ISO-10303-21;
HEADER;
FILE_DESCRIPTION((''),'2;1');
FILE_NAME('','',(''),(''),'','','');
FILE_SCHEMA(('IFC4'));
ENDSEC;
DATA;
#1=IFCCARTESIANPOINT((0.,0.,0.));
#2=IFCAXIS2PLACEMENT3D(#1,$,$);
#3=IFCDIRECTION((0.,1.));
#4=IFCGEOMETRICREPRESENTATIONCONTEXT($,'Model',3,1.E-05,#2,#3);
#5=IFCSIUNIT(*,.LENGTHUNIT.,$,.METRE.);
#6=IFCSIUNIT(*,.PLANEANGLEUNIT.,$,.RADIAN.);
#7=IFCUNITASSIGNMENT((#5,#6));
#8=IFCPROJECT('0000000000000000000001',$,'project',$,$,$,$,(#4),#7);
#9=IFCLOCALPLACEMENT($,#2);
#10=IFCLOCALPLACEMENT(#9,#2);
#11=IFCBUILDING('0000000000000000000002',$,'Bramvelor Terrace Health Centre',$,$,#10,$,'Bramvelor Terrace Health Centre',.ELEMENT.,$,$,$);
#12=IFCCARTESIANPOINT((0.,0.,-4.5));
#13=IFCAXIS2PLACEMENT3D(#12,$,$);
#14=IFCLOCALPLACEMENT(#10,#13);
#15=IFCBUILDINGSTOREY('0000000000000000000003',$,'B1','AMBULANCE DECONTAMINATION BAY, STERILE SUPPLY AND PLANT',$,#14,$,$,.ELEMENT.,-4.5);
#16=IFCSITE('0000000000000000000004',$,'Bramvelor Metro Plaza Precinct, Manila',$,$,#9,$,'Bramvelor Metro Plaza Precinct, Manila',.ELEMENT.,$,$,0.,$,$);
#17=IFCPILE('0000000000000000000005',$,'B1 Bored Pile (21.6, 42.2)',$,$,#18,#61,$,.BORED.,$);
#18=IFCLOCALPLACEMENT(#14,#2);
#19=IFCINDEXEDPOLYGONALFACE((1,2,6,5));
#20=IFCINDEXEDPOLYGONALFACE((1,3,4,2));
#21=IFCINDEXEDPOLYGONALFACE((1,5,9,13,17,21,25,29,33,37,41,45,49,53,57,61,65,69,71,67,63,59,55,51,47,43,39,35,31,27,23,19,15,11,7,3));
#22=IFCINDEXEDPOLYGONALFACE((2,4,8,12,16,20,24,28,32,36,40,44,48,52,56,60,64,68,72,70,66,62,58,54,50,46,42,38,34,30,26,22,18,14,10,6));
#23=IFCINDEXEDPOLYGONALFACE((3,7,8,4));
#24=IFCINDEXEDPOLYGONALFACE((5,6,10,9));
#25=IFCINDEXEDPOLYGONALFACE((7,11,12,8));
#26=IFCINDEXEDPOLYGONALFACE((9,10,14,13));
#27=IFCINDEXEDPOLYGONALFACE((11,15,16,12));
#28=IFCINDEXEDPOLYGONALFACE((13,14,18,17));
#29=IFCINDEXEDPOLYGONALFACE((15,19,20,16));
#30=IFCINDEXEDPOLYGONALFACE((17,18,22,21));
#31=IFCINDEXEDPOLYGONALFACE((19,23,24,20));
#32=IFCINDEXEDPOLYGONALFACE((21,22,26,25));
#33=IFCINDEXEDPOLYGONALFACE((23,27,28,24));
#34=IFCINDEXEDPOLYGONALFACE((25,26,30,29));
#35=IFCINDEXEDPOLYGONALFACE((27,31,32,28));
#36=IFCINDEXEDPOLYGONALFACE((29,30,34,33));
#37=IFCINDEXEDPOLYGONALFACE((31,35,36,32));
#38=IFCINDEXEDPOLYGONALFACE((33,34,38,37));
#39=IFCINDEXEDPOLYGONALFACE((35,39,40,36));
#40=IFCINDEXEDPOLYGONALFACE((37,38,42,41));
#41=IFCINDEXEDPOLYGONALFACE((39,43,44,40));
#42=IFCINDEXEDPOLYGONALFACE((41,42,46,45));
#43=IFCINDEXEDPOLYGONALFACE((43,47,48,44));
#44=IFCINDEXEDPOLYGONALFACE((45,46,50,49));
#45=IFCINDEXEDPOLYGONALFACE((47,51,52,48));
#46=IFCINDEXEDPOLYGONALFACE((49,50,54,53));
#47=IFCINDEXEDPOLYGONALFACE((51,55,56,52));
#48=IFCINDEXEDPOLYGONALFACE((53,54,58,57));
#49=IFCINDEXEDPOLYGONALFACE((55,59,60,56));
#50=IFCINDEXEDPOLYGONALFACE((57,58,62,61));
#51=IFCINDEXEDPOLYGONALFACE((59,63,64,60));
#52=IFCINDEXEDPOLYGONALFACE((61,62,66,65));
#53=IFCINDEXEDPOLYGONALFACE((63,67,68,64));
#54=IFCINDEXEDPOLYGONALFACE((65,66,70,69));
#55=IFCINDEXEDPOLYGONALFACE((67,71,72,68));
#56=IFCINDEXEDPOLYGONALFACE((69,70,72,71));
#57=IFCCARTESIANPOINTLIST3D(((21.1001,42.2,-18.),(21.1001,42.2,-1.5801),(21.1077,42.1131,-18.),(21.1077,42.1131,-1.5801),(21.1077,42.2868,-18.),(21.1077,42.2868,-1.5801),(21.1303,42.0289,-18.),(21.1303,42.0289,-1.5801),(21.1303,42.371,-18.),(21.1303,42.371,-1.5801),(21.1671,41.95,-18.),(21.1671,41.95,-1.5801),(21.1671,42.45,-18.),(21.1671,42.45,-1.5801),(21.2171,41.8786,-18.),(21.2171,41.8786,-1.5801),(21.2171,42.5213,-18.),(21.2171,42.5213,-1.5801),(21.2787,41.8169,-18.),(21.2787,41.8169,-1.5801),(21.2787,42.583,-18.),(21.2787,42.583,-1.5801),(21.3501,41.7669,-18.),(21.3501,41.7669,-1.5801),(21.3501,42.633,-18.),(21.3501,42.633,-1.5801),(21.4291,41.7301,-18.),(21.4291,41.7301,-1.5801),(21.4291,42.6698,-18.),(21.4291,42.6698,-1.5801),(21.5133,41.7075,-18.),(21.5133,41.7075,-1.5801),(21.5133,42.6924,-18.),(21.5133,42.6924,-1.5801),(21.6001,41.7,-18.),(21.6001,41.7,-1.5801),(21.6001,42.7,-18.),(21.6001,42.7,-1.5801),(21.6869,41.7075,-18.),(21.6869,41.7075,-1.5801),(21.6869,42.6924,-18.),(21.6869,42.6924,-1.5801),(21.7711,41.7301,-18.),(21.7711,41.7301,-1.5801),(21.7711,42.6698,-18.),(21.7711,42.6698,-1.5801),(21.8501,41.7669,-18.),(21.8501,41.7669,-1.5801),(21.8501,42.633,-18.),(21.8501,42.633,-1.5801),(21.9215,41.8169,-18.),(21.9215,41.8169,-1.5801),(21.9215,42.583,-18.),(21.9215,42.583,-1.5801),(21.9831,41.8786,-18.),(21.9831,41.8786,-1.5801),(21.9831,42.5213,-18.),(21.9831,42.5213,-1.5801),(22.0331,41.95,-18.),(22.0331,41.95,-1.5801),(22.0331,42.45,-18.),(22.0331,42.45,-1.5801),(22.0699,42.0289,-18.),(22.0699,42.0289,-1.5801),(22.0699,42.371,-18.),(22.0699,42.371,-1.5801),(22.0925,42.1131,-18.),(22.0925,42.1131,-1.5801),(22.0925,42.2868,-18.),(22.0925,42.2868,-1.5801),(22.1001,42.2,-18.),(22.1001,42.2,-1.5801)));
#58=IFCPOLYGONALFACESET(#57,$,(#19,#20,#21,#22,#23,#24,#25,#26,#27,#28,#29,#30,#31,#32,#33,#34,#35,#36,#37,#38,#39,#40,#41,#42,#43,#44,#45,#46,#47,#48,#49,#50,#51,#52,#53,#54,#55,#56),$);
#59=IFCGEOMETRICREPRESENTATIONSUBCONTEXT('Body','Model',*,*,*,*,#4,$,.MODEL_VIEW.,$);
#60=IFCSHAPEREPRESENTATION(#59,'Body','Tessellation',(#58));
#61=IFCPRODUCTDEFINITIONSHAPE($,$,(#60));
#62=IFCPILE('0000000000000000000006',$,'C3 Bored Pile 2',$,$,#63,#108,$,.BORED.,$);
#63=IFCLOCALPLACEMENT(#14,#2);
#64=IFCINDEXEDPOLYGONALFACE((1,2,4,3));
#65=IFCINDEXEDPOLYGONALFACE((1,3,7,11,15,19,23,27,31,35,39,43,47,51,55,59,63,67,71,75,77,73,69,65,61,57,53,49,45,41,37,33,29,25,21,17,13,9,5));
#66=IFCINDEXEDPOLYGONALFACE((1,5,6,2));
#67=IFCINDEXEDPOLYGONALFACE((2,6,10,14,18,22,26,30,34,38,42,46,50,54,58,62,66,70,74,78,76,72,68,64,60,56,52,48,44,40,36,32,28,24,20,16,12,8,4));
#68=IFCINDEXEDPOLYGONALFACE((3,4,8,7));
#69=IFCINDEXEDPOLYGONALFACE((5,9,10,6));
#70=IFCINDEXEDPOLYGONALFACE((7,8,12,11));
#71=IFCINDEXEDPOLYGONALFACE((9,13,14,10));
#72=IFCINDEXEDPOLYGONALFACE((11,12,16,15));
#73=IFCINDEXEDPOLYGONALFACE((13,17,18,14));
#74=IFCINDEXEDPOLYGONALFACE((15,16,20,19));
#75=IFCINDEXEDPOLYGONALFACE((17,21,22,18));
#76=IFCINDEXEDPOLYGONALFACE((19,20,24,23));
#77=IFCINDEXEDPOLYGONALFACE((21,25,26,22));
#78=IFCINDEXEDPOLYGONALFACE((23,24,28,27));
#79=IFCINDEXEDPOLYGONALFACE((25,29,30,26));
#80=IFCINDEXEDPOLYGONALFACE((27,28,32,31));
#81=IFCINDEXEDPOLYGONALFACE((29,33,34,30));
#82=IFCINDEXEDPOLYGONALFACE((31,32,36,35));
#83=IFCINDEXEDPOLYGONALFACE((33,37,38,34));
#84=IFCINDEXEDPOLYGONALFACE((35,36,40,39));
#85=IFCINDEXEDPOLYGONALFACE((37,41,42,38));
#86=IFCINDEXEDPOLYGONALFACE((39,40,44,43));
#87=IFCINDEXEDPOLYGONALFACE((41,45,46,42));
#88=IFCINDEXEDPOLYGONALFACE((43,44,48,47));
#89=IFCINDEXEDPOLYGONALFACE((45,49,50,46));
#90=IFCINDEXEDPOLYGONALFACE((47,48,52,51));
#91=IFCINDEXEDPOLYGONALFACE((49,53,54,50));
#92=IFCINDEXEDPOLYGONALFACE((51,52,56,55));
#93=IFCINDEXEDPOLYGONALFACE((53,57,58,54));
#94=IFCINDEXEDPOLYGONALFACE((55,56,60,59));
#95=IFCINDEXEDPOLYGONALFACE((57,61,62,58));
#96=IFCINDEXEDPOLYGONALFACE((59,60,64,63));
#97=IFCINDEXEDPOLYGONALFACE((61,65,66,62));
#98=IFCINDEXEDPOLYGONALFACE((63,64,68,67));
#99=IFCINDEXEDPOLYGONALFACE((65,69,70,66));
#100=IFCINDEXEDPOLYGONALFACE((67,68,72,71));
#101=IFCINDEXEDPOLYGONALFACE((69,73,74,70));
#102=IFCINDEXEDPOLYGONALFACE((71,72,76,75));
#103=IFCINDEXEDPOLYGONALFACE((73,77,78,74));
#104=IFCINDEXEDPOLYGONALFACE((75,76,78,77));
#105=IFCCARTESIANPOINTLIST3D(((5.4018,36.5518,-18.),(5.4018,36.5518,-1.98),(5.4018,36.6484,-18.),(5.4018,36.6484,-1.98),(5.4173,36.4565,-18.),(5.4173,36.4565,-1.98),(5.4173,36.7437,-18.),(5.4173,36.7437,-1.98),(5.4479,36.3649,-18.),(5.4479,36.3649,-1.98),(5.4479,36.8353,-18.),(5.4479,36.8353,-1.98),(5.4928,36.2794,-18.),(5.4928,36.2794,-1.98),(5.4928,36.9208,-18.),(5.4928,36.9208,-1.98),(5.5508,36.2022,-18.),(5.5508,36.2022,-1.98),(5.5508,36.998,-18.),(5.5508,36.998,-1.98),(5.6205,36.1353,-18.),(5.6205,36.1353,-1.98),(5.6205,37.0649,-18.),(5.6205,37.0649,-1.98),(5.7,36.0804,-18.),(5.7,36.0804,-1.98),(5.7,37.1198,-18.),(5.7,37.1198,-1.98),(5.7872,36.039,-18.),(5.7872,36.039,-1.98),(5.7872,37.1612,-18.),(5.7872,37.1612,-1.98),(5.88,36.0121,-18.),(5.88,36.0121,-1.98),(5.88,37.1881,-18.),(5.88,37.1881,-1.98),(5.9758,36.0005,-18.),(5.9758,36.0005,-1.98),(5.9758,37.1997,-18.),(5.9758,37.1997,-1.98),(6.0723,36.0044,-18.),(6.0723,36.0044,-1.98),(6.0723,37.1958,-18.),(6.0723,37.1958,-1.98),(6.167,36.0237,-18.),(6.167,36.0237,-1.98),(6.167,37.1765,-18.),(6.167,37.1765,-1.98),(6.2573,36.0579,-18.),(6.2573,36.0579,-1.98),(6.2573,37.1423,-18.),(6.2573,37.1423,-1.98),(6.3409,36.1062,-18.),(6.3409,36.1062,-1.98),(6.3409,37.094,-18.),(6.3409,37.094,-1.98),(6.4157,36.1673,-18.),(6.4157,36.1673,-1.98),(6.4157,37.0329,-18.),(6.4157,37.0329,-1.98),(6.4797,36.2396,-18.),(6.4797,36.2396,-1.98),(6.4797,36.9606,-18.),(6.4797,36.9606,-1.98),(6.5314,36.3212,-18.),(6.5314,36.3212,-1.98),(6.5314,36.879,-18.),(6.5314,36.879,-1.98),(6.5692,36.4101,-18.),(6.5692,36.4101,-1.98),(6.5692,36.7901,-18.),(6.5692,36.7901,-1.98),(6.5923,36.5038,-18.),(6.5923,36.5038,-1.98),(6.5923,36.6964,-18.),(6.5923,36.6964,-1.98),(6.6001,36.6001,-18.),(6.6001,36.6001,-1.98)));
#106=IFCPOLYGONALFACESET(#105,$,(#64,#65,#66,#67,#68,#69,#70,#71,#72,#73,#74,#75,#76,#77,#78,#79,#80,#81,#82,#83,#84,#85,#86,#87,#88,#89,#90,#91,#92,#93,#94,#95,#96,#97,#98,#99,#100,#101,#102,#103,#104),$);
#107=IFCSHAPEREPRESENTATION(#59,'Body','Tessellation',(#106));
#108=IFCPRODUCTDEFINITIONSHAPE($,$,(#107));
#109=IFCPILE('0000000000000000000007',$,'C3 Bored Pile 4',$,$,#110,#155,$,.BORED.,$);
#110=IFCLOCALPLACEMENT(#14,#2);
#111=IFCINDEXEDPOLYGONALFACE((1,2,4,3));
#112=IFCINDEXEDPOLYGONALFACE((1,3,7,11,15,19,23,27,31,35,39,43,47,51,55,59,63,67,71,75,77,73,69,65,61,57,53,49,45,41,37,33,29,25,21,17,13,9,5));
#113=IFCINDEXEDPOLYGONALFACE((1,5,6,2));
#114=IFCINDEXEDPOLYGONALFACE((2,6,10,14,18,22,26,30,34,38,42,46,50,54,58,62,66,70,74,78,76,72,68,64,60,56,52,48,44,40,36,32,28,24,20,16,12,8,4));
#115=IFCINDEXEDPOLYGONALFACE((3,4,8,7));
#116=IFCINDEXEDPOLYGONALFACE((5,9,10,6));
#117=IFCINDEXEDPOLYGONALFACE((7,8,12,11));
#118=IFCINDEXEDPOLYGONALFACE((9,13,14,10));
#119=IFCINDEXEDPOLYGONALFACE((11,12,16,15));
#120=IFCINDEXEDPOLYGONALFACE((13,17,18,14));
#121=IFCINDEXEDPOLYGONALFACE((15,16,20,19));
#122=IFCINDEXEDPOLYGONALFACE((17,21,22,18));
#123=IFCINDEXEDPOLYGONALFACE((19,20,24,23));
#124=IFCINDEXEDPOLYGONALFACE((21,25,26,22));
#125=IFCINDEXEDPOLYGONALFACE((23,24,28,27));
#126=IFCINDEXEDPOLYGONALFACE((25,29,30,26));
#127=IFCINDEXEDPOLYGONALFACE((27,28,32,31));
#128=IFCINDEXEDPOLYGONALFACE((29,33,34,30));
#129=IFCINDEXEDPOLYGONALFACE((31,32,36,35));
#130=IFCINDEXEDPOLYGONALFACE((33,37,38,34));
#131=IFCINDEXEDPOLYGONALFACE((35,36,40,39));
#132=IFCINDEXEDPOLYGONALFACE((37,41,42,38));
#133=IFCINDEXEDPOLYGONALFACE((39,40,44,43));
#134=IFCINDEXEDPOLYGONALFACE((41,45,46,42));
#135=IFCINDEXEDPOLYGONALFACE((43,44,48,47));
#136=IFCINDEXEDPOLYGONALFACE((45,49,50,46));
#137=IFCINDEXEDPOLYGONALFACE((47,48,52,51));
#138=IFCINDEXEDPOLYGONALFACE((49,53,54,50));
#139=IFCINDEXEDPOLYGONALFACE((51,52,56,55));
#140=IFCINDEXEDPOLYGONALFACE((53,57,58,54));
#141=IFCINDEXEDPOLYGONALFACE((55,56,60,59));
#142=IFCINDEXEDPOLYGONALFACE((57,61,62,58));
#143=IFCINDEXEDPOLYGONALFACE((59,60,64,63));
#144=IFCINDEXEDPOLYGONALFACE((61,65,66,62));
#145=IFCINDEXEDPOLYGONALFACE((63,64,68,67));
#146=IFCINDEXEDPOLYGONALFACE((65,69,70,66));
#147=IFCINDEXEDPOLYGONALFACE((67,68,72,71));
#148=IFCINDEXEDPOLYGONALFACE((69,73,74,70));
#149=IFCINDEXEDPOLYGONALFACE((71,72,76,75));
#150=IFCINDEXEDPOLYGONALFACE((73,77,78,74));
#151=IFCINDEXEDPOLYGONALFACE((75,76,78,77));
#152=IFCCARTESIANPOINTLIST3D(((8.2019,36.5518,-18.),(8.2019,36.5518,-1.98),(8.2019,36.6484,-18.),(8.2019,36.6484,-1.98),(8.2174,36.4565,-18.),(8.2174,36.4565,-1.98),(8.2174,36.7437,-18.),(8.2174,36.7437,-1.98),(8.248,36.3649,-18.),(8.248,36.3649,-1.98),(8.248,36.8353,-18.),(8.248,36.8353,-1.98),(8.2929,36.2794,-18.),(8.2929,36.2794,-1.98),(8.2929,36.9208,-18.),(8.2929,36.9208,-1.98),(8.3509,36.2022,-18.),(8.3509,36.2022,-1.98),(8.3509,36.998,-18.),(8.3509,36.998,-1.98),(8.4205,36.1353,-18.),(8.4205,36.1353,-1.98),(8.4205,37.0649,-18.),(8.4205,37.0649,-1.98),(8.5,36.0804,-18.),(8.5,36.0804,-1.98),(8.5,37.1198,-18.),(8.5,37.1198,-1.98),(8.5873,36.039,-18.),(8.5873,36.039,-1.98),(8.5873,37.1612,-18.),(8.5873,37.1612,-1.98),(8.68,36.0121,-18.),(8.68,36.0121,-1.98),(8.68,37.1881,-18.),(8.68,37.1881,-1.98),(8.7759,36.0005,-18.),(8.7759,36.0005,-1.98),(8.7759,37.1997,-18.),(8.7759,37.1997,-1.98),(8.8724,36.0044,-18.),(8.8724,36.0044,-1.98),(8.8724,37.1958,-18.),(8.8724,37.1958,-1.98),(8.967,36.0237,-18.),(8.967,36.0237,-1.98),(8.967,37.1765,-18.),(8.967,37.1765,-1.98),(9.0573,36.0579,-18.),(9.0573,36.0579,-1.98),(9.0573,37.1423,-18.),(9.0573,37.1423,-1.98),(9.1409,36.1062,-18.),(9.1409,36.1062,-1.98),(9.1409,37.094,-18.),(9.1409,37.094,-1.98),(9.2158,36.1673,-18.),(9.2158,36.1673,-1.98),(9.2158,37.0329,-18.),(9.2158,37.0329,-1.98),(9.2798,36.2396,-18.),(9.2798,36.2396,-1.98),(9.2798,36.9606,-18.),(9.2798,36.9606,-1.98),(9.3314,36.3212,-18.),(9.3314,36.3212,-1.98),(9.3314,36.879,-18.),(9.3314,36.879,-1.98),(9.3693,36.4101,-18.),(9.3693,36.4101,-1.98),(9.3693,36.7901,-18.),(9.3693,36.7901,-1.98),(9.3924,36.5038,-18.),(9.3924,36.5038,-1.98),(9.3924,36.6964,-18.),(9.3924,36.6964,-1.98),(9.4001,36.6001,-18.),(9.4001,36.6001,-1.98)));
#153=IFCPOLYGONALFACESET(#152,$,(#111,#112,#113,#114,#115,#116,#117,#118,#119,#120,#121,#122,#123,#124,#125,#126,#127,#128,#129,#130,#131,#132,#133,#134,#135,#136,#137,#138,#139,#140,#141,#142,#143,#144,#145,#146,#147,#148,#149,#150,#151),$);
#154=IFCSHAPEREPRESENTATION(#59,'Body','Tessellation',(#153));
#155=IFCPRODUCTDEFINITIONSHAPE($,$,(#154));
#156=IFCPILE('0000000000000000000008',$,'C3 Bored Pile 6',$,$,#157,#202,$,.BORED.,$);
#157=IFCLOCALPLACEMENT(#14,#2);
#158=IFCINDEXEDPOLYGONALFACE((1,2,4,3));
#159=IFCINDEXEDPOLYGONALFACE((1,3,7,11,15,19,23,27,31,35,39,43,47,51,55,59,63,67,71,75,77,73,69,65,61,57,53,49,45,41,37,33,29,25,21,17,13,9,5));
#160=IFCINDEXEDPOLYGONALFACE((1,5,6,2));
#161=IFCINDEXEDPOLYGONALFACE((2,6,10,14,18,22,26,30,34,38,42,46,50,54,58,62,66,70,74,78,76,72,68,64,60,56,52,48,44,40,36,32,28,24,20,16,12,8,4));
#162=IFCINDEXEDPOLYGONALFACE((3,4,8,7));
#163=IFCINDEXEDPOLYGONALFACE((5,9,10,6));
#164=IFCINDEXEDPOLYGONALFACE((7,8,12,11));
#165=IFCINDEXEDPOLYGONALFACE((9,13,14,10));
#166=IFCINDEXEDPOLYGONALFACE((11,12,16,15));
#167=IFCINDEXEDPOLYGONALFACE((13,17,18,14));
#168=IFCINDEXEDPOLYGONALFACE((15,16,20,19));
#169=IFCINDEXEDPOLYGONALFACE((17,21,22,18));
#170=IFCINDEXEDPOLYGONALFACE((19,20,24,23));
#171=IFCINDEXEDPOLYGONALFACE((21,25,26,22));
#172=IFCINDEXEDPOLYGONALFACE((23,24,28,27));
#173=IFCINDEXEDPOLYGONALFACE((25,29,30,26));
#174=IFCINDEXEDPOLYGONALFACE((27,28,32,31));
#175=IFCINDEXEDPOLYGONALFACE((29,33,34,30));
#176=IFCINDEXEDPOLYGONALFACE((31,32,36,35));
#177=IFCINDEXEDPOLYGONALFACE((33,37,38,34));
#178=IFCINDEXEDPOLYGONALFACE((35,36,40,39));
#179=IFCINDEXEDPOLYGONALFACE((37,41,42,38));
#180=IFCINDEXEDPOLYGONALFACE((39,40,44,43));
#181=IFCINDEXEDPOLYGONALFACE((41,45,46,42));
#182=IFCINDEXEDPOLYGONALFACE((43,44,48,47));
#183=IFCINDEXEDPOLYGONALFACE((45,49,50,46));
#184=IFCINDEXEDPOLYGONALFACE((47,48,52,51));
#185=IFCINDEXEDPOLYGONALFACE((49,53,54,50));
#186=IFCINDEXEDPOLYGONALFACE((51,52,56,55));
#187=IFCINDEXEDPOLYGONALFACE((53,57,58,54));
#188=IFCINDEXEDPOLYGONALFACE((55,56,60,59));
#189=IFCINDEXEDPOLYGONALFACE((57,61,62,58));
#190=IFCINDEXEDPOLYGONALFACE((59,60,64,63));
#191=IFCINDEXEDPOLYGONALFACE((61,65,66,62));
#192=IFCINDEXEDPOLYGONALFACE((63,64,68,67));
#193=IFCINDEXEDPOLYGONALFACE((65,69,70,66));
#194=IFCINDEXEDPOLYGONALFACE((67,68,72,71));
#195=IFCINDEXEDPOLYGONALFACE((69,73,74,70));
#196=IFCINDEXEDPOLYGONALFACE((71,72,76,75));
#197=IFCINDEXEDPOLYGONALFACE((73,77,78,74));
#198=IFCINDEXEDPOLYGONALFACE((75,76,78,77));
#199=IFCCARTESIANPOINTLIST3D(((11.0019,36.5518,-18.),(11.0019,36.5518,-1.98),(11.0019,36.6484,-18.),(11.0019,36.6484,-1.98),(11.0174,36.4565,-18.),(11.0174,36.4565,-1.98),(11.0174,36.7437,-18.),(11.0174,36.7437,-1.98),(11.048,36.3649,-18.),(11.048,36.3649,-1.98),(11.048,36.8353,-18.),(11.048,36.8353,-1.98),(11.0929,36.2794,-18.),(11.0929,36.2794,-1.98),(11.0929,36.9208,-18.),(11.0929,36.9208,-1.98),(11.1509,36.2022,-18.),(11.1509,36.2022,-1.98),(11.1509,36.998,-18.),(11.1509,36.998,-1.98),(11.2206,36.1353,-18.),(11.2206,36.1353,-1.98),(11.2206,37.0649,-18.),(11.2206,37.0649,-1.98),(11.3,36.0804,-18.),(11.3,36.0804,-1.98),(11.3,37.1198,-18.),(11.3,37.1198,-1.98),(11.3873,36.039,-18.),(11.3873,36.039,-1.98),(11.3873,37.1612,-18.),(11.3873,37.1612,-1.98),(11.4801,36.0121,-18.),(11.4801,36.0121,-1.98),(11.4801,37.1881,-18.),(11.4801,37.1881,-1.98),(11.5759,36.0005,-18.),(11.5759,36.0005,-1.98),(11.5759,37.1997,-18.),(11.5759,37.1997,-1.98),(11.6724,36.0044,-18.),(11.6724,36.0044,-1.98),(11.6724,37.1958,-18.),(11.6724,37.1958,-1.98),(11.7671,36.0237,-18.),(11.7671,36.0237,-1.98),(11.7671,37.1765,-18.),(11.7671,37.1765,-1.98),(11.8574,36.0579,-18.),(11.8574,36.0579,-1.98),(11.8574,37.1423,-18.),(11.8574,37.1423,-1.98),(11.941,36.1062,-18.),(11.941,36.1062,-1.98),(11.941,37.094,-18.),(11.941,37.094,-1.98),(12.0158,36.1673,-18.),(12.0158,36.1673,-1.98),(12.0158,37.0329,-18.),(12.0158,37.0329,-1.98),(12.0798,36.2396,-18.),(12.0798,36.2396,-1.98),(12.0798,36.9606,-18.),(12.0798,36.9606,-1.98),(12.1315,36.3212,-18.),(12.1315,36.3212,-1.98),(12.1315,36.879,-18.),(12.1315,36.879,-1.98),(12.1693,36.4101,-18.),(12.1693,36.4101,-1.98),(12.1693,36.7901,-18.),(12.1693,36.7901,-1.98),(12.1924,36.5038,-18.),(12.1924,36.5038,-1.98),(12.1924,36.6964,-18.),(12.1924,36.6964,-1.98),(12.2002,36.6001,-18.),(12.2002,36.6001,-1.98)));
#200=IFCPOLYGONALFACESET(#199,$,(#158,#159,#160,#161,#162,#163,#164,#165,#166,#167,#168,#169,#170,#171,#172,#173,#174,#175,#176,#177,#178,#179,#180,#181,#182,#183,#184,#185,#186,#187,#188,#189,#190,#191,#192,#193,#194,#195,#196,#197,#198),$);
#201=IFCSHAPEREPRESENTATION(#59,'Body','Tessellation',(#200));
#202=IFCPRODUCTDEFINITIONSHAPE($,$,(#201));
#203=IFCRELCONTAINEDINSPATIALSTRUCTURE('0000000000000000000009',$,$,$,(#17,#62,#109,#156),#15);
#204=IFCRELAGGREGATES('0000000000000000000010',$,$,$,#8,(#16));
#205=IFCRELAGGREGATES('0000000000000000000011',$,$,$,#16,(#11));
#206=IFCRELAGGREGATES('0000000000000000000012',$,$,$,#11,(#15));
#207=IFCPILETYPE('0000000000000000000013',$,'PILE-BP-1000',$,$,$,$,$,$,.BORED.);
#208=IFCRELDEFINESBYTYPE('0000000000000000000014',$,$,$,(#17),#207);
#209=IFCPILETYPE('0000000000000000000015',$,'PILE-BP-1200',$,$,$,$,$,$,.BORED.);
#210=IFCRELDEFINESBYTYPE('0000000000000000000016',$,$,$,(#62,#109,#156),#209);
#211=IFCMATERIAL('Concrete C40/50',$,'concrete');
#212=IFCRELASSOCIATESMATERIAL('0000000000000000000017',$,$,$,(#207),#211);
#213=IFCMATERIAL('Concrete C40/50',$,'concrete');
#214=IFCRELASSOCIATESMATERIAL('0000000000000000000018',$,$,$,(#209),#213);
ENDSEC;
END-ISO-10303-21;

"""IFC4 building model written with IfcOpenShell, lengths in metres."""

from ifc_helpers import new_model, si_unit, direction, frame, origin, origin_2d, place, context, subcontext, project, spatial, circle, extrude, material, material_profile, profile_set, type_object, element, save


model = new_model("IFC4")

# Units and contexts
model_context = context("Model", 3, precision=1e-05, world=origin(), true_north=direction((0.0, 1.0)))
body_context = subcontext(model_context, "Body", "Model", "MODEL_VIEW")
ifc_project = project(units=[si_unit("LENGTHUNIT", "METRE"), si_unit("PLANEANGLEUNIT", "RADIAN")], contexts=[model_context])

# Site, building, storey
site_placement = place(None, origin())
site = spatial("IfcSite", under=ifc_project, at=site_placement, Name="Bramvelor Metro Plaza Precinct, Manila", LongName="Bramvelor Metro Plaza Precinct, Manila", CompositionType="ELEMENT", RefElevation=0.0)
building_placement = place(site_placement, origin())
building = spatial("IfcBuilding", under=site, at=building_placement, Name="Bramvelor Terrace Health Centre", LongName="Bramvelor Terrace Health Centre", CompositionType="ELEMENT")
storey_placement = place(building_placement, frame((0.0, 0.0, -4.5)))
storey = spatial("IfcBuildingStorey", under=building, at=storey_placement, Name="B1", Description="AMBULANCE DECONTAMINATION BAY, STERILE SUPPLY AND PLANT", CompositionType="ELEMENT", Elevation=-4.5)

# Piles
ifc_material_1 = material(Name="Concrete C40/50", Category="concrete")
ifc_material_profile_1 = material_profile(ifc_material_1, circle(Radius=0.5, at=origin_2d()), Name="BP D1000")
ifc_profile_set_1 = profile_set([ifc_material_profile_1], Name="Concrete C40/50")
pile_type_1 = type_object("IfcPileType", Name="PILE-BP-1000", PredefinedType="BORED", material=ifc_profile_set_1)
for number, where, z_axis, x_axis, name in (
    (1, (21.6001, 42.2, -1.5801), (0.0, 0.0, -1.0), (1.0, 0.0, 0.0), "B1 Bored Pile (21.6, 42.2)"),
):
    element("IfcPile", number, at=place(storey_placement, frame(where, z_axis=z_axis, x_axis=x_axis)), inside=storey, type_object=pile_type_1, Name=name, PredefinedType="BORED", context=body_context, shape_type="SweptSolid", body=[
        extrude(circle(Radius=0.5, at=origin_2d()), origin(), (0.0, 0.0, 1.0), 16.4199),
    ])
ifc_material_2 = material(Name="Concrete C40/50", Category="concrete")
ifc_material_profile_2 = material_profile(ifc_material_2, circle(Radius=0.6001, at=origin_2d()), Name="BP D1200")
ifc_profile_set_2 = profile_set([ifc_material_profile_2], Name="Concrete C40/50")
pile_type_2 = type_object("IfcPileType", Name="PILE-BP-1200", PredefinedType="BORED", material=ifc_profile_set_2)
for number, where, z_axis, x_axis, name in (
    (2, (6.0, 36.6001, -1.98), (0.0, 0.0, -1.0), (1.0, 0.0, 0.0), "C3 Bored Pile 2"),
    (3, (8.8, 36.6001, -1.98), (0.0, 0.0, -1.0), (1.0, 0.0, 0.0), "C3 Bored Pile 4"),
    (4, (11.6001, 36.6001, -1.98), (0.0, 0.0, -1.0), (1.0, 0.0, 0.0), "C3 Bored Pile 6"),
):
    element("IfcPile", number, at=place(storey_placement, frame(where, z_axis=z_axis, x_axis=x_axis)), inside=storey, type_object=pile_type_2, Name=name, PredefinedType="BORED", context=body_context, shape_type="SweptSolid", body=[
        extrude(circle(Radius=0.6001, at=origin_2d()), origin(), (0.0, 0.0, 1.0), 16.02),
    ])

save(model, "model.ifc")
